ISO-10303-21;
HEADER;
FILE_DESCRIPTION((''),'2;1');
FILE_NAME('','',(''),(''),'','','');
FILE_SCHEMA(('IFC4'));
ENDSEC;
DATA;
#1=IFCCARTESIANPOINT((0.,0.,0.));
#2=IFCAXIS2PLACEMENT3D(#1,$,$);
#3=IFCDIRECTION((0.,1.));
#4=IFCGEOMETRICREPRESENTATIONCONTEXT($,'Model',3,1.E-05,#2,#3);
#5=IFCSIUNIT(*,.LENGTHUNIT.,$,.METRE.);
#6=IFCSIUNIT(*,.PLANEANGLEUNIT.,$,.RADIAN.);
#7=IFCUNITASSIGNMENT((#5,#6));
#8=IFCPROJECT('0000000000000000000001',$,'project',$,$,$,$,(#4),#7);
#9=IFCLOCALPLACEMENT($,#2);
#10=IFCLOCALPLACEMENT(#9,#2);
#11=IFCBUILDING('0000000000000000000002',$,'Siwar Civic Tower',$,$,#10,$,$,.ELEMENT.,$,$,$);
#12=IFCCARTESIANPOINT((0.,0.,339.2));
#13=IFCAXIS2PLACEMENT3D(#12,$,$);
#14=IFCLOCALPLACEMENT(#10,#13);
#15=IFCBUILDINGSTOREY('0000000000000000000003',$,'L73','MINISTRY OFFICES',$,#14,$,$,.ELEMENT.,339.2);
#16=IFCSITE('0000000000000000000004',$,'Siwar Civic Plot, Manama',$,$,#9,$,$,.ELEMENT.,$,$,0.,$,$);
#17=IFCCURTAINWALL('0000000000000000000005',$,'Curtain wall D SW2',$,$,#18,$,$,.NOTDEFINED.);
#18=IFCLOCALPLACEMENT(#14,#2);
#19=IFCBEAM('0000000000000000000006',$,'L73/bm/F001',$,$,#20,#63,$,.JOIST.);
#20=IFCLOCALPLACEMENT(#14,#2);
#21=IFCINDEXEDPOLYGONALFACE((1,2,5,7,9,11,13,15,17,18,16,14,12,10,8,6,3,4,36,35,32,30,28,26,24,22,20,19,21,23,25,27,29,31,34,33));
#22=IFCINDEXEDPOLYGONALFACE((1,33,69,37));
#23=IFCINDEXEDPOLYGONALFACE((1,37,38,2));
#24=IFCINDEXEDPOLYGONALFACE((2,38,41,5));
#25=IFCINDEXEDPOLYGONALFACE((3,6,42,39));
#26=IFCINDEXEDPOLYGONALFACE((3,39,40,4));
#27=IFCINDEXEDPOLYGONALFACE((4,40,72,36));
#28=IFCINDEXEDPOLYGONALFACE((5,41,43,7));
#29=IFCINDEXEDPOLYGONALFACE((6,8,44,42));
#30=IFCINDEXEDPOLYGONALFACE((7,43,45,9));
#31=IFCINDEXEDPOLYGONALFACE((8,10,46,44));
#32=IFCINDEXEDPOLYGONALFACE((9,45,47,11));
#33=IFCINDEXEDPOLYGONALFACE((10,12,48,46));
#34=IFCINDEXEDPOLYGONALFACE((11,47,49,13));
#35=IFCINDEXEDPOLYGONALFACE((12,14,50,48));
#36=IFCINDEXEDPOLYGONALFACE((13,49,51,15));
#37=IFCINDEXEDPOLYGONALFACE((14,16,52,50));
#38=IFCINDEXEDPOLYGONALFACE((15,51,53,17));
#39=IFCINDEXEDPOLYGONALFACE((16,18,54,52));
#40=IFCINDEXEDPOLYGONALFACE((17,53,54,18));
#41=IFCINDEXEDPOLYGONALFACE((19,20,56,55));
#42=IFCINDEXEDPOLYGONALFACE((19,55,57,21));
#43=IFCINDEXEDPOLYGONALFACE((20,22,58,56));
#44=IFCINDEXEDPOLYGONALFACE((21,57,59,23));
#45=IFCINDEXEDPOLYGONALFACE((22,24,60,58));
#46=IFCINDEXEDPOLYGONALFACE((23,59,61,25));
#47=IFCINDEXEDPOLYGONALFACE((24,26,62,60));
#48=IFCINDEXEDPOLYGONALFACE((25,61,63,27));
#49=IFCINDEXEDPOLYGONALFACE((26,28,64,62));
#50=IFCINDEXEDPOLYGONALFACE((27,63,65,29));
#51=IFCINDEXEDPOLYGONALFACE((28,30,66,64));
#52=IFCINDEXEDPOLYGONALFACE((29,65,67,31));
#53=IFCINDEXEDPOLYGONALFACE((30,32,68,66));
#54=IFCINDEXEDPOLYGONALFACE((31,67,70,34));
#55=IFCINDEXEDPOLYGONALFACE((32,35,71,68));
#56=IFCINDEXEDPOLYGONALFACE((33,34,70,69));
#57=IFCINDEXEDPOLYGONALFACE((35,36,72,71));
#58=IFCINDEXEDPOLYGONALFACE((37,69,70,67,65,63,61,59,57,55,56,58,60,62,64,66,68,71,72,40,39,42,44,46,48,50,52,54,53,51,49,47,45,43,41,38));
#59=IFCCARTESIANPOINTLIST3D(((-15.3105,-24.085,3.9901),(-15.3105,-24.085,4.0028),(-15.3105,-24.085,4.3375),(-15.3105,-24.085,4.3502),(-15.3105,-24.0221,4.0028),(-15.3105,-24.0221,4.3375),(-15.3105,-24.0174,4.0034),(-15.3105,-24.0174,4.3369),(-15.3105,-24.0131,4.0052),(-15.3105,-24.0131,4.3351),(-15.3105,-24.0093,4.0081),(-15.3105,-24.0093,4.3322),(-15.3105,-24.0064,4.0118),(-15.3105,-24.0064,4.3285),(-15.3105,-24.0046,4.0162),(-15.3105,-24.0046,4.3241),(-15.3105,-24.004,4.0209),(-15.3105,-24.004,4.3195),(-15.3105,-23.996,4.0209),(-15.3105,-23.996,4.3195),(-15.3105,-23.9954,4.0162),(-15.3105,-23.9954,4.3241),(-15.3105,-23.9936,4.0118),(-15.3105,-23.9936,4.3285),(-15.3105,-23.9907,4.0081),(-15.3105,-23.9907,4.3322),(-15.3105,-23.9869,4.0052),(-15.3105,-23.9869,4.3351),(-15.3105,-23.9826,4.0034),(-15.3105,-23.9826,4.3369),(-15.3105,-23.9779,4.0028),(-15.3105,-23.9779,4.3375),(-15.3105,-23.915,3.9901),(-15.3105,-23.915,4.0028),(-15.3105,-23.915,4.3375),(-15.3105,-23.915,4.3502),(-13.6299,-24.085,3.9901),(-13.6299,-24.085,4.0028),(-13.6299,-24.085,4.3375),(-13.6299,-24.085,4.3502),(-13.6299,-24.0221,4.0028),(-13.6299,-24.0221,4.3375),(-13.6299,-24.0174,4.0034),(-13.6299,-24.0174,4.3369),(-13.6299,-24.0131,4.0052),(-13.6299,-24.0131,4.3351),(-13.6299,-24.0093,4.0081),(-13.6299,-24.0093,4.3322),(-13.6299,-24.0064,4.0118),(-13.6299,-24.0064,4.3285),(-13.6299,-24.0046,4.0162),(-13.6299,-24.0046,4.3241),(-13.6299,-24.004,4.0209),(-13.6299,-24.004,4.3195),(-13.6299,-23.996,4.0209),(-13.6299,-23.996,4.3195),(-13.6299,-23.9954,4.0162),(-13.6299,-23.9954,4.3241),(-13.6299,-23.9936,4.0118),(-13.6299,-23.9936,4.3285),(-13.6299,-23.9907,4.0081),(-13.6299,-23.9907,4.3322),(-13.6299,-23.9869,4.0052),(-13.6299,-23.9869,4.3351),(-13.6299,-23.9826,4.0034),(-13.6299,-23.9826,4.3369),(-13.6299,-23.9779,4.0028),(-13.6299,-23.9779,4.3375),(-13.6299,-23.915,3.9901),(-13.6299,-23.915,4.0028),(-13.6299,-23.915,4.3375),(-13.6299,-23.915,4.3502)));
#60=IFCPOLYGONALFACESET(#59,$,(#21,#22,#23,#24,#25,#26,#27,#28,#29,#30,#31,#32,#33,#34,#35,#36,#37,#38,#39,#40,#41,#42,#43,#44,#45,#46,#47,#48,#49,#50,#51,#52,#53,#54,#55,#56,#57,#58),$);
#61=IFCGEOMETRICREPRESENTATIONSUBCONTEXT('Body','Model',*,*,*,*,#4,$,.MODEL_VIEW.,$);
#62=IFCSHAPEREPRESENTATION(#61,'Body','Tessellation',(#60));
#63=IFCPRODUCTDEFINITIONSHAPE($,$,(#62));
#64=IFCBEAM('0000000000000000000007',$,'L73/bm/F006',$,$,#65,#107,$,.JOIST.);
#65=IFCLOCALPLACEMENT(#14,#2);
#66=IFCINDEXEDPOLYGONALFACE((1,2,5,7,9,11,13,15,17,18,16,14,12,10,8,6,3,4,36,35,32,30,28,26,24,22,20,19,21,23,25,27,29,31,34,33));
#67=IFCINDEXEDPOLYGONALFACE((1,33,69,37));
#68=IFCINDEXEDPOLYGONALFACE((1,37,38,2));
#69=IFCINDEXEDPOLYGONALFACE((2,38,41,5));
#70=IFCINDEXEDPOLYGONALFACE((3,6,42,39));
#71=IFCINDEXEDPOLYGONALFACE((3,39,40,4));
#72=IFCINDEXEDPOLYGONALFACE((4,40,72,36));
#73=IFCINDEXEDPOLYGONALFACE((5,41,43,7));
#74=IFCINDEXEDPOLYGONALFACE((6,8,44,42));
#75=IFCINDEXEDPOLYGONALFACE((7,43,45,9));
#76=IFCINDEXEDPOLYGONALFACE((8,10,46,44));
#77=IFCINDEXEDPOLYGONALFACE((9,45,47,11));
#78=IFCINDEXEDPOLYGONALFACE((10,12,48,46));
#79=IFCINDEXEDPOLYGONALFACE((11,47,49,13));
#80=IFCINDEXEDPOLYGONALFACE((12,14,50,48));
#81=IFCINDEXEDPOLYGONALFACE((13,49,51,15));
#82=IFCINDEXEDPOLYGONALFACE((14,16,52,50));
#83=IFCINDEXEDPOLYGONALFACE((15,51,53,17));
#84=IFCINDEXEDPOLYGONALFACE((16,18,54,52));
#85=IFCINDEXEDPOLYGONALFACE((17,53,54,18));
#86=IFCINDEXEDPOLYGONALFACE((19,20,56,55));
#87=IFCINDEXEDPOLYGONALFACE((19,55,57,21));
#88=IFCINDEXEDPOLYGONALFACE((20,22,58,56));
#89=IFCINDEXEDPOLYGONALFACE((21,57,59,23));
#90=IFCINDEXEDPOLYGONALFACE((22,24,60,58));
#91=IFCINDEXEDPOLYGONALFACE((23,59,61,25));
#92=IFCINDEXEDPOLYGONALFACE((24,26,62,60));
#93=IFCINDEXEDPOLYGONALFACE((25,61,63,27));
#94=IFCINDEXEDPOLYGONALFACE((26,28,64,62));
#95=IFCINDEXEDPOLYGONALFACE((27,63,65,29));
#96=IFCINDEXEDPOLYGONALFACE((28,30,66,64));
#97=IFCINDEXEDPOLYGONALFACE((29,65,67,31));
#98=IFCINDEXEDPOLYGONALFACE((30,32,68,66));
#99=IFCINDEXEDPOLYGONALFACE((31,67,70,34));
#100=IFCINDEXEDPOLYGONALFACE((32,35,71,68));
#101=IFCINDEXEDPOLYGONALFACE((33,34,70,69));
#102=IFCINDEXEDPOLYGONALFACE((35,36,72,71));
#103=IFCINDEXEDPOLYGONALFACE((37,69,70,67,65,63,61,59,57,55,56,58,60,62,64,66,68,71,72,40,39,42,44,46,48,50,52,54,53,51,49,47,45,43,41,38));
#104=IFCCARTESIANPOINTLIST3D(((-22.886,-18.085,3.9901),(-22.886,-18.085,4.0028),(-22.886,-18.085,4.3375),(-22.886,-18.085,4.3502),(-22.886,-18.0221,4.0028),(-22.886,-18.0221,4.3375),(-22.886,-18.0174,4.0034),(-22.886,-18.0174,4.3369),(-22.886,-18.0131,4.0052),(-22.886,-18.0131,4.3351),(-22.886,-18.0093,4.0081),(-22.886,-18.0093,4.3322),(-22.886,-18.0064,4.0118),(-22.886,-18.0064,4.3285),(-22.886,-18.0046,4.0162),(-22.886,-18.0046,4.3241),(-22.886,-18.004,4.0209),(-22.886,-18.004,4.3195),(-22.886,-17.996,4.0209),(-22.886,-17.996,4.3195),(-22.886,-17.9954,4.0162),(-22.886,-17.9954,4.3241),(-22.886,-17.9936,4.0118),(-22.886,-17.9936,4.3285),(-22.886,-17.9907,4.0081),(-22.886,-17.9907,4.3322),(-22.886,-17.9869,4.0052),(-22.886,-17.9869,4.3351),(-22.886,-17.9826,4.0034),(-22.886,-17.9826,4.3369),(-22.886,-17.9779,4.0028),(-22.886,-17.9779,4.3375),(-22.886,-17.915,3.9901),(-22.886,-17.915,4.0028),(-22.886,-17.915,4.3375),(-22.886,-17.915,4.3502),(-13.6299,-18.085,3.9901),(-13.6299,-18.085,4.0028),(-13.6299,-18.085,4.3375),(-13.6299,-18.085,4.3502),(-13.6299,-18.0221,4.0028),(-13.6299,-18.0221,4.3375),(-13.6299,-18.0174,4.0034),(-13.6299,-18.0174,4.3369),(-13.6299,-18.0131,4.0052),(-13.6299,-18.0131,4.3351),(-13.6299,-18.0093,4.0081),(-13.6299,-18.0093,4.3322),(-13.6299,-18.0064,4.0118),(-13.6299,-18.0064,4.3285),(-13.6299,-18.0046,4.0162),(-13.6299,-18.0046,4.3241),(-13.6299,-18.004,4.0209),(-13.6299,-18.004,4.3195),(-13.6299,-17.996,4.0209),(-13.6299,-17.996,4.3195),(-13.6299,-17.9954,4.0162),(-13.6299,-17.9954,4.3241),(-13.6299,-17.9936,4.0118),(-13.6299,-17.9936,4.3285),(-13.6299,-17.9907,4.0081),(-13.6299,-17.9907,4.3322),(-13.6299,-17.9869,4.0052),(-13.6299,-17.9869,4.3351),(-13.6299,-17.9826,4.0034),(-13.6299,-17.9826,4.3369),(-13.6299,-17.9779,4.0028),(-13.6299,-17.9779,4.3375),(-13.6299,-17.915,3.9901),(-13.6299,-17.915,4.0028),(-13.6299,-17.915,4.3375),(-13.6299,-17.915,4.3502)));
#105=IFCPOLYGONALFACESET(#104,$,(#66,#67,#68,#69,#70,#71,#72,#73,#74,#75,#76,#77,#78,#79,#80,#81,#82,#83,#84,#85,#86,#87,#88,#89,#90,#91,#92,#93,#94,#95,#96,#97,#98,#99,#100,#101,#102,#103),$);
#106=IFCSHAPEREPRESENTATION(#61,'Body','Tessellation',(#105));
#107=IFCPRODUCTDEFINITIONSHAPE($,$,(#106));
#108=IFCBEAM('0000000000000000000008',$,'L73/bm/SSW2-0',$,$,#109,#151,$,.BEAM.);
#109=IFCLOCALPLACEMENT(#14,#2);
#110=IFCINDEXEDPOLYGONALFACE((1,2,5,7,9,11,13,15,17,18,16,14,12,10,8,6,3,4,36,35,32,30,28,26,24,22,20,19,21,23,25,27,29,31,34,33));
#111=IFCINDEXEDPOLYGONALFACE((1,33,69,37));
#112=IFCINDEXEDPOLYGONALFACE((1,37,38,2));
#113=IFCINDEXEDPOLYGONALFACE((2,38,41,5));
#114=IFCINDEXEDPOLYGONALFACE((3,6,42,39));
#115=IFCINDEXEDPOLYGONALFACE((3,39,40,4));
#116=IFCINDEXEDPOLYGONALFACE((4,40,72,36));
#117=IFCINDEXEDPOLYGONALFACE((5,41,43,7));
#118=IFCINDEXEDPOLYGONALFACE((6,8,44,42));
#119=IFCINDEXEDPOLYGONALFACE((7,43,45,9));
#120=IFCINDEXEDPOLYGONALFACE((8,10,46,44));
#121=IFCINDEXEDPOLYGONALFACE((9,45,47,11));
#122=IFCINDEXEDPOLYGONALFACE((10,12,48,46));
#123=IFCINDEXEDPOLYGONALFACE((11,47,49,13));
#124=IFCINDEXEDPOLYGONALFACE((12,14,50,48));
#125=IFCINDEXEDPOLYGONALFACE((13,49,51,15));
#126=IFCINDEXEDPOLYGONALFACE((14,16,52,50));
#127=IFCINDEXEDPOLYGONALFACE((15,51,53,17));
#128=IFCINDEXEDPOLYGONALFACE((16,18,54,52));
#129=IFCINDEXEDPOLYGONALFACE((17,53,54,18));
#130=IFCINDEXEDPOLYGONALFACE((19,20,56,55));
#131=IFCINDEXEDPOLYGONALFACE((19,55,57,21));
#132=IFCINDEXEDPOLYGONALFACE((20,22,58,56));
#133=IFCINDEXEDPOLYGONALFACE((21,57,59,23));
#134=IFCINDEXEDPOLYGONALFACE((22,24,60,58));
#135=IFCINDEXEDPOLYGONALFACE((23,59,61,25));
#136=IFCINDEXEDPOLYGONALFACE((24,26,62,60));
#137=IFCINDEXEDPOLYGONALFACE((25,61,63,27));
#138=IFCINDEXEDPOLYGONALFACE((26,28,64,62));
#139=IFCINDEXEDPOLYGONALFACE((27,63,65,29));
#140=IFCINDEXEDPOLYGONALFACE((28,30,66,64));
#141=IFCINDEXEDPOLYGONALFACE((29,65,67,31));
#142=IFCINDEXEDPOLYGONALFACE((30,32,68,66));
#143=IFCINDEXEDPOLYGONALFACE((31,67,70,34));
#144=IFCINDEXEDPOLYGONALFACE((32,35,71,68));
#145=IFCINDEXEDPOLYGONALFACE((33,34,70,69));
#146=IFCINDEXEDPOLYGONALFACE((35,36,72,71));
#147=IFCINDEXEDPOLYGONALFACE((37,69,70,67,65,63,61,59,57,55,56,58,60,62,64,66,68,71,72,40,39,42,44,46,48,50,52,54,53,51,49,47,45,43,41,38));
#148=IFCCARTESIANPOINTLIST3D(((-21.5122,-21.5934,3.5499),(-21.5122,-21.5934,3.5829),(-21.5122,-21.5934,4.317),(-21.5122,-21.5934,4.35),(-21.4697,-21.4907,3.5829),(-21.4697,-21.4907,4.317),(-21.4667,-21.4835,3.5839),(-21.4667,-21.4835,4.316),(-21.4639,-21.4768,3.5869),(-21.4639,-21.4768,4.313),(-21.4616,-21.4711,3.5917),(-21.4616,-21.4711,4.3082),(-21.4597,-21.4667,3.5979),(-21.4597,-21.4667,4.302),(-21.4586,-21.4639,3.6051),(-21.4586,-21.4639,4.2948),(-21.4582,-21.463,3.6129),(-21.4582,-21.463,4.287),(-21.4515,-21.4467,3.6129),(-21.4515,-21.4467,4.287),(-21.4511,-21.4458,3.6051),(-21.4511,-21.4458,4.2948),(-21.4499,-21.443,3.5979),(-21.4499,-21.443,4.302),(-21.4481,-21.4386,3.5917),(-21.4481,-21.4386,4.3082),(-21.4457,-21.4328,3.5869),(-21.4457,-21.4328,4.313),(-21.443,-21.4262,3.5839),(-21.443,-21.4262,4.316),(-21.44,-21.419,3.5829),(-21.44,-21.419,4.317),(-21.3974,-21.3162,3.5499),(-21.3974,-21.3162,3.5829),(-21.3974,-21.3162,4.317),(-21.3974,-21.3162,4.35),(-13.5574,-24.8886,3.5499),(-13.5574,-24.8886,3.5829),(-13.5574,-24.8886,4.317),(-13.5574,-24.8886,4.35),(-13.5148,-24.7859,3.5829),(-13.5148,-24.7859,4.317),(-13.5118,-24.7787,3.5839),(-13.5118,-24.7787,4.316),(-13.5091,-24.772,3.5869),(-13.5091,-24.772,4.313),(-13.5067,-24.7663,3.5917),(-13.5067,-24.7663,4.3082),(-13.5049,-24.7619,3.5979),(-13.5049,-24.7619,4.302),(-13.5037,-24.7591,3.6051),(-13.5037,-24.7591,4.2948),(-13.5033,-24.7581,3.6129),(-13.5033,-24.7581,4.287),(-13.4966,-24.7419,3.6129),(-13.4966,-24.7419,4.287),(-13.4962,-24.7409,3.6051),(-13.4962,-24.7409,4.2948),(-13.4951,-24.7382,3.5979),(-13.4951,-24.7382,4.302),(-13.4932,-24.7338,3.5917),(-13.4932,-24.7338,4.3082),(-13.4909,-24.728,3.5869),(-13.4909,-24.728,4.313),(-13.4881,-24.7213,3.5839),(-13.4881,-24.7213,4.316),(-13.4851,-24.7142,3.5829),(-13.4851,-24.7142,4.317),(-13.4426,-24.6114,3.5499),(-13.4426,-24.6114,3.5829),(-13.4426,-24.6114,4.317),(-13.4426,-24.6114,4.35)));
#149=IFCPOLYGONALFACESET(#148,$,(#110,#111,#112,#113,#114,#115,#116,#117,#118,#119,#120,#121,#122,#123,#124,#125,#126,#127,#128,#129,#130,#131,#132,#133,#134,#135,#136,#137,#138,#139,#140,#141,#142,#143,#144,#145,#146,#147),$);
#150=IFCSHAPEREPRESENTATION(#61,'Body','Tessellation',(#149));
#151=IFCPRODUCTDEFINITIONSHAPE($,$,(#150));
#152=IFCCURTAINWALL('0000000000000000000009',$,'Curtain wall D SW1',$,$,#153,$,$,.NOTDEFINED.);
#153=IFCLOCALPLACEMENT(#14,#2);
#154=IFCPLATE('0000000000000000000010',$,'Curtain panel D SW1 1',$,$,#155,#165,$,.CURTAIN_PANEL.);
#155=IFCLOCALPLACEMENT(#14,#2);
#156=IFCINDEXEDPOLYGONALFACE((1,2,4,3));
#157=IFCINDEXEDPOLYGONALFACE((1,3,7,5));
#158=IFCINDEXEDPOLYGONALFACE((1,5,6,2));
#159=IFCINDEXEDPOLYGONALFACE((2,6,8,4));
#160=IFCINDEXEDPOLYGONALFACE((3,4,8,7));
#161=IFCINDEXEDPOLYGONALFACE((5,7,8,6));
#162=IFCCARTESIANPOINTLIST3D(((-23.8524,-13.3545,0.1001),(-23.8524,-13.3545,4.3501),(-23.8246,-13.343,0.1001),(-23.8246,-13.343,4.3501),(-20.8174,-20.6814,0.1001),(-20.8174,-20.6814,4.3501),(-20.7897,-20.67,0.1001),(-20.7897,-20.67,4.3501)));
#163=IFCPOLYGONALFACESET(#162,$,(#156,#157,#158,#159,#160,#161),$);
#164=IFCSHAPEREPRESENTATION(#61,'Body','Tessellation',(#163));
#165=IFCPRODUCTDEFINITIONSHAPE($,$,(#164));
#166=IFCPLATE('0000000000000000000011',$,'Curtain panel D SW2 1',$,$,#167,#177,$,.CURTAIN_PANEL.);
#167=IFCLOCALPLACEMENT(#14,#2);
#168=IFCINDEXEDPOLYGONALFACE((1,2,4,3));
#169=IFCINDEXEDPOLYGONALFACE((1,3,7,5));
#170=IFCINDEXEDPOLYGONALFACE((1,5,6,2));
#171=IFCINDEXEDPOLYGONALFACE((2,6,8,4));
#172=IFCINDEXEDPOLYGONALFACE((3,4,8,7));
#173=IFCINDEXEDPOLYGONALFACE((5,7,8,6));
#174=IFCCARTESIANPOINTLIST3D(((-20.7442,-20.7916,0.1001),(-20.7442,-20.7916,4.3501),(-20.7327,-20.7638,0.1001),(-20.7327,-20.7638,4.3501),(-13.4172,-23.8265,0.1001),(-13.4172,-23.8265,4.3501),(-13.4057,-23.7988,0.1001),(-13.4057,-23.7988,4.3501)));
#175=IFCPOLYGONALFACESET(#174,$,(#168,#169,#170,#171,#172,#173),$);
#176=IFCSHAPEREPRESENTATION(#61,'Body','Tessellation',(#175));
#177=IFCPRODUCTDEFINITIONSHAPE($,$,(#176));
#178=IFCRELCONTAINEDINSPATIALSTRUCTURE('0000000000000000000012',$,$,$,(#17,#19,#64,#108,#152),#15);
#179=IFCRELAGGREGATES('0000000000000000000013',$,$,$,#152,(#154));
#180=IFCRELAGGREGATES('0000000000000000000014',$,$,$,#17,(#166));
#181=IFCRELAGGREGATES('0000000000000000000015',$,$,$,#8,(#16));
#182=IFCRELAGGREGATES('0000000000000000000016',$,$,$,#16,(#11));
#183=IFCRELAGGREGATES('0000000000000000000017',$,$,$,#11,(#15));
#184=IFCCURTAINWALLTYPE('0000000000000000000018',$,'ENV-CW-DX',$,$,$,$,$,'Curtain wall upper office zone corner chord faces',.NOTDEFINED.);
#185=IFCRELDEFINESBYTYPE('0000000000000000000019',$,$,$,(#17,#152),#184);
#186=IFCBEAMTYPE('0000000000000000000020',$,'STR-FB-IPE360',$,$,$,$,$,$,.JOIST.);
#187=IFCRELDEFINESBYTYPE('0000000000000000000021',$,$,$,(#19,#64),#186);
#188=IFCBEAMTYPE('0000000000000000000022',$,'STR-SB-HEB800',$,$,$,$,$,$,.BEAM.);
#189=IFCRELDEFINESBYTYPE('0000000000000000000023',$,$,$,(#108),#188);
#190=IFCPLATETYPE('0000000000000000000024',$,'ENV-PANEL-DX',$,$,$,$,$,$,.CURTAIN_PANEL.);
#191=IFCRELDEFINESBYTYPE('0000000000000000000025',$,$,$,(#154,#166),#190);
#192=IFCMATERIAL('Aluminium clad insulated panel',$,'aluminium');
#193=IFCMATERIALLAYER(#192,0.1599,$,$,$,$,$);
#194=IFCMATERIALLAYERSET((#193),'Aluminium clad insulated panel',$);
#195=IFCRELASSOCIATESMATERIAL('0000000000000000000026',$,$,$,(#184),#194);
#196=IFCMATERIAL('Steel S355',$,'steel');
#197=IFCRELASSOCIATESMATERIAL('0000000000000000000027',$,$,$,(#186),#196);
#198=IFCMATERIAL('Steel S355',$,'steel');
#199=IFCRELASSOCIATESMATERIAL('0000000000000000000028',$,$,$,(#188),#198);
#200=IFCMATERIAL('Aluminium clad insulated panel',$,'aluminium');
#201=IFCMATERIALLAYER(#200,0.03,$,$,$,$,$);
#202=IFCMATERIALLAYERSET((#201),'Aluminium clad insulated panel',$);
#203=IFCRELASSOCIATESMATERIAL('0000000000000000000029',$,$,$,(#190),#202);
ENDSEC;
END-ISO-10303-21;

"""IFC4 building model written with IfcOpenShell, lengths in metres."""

from ifc_helpers import new_model, si_unit, direction, frame, origin, origin_2d, place, context, subcontext, project, spatial, rectangle, i_section, extrude, material, layer, layer_set, material_profile, profile_set, type_object, element, aggregate, save


model = new_model("IFC4")

# Units and contexts
model_context = context("Model", 3, precision=1e-05, world=origin(), true_north=direction((0.0, 1.0)))
body_context = subcontext(model_context, "Body", "Model", "MODEL_VIEW")
ifc_project = project(units=[si_unit("LENGTHUNIT", "METRE"), si_unit("PLANEANGLEUNIT", "RADIAN")], contexts=[model_context])

# Site, building, storey
site_placement = place(None, origin())
site = spatial("IfcSite", under=ifc_project, at=site_placement, Name="Siwar Civic Plot, Manama", CompositionType="ELEMENT", RefElevation=0.0)
building_placement = place(site_placement, origin())
building = spatial("IfcBuilding", under=site, at=building_placement, Name="Siwar Civic Tower", CompositionType="ELEMENT")
storey_placement = place(building_placement, frame((0.0, 0.0, 339.2)))
storey = spatial("IfcBuildingStorey", under=building, at=storey_placement, Name="L73", Description="MINISTRY OFFICES", CompositionType="ELEMENT", Elevation=339.2)

# Curtain wall
ifc_material_1 = material(Name="Aluminium clad insulated panel", Category="aluminium")
ifc_layer_1 = layer(ifc_material_1, 0.1599)
ifc_layer_set_1 = layer_set([ifc_layer_1], Name="Aluminium clad insulated panel")
curtain_wall_type = type_object("IfcCurtainWallType", Name="ENV-CW-DX", ElementType="Curtain wall upper office zone corner chord faces", PredefinedType="NOTDEFINED", material=ifc_layer_set_1)
curtain_wall_1_placement = place(storey_placement, origin())
curtain_wall_1 = element("IfcCurtainWall", 1, at=curtain_wall_1_placement, inside=storey, type_object=curtain_wall_type, Name="Curtain wall D SW2", PredefinedType="NOTDEFINED")

# Beams
ifc_material_2 = material(Name="Steel S355", Category="steel")
ifc_material_profile_1 = material_profile(ifc_material_2, i_section(OverallWidth=0.1699, OverallDepth=0.3601, WebThickness=0.0081, FlangeThickness=0.0127, FilletRadius=0.0181, at=origin_2d()), Name="IPE360")
ifc_profile_set_1 = profile_set([ifc_material_profile_1], Name="Steel S355")
beam_type_1 = type_object("IfcBeamType", Name="STR-FB-IPE360", PredefinedType="JOIST", material=ifc_profile_set_1)
beam_1_placement = place(storey_placement, frame((-15.3105, -24.0, 4.1702), z_axis=(1.0, 0.0, 0.0), x_axis=(0.0, 1.0, 0.0)))
element("IfcBeam", 2, at=beam_1_placement, inside=storey, type_object=beam_type_1, Name="L73/bm/F001", PredefinedType="JOIST", context=body_context, shape_type="SweptSolid", body=[
    extrude(i_section(OverallWidth=0.1699, OverallDepth=0.3601, WebThickness=0.0081, FlangeThickness=0.0127, FilletRadius=0.0181, at=origin_2d()), origin(), (0.0, 0.0, 1.0), 1.6807),
])
beam_2_placement = place(storey_placement, frame((-22.886, -18.0, 4.1702), z_axis=(1.0, 0.0, 0.0), x_axis=(0.0, 1.0, 0.0)))
element("IfcBeam", 3, at=beam_2_placement, inside=storey, type_object=beam_type_1, Name="L73/bm/F006", PredefinedType="JOIST", context=body_context, shape_type="SweptSolid", body=[
    extrude(i_section(OverallWidth=0.1699, OverallDepth=0.3601, WebThickness=0.0081, FlangeThickness=0.0127, FilletRadius=0.0181, at=origin_2d()), origin(), (0.0, 0.0, 1.0), 9.2561),
])
ifc_material_3 = material(Name="Steel S355", Category="steel")
ifc_material_profile_2 = material_profile(ifc_material_3, i_section(OverallWidth=0.3, OverallDepth=0.8, WebThickness=0.0176, FlangeThickness=0.033, FilletRadius=0.03, at=origin_2d()), Name="HEB800")
ifc_profile_set_2 = profile_set([ifc_material_profile_2], Name="Steel S355")
beam_type_2 = type_object("IfcBeamType", Name="STR-SB-HEB800", PredefinedType="BEAM", material=ifc_profile_set_2)
beam_3_placement = place(storey_placement, frame((-21.4548, -21.4548, 3.95), z_axis=(0.923873, -0.3827, 0.0), x_axis=(0.3827, 0.923873, 0.0)))
element("IfcBeam", 4, at=beam_3_placement, inside=storey, type_object=beam_type_2, Name="L73/bm/SSW2-0", PredefinedType="BEAM", context=body_context, shape_type="SweptSolid", body=[
    extrude(i_section(OverallWidth=0.3, OverallDepth=0.8, WebThickness=0.0176, FlangeThickness=0.033, FilletRadius=0.03, at=origin_2d()), origin(), (0.0, 0.0, 1.0), 8.6104),
])

# Curtain wall, plate
curtain_wall_2_placement = place(storey_placement, origin())
curtain_wall_2 = element("IfcCurtainWall", 5, at=curtain_wall_2_placement, inside=storey, type_object=curtain_wall_type, Name="Curtain wall D SW1", PredefinedType="NOTDEFINED")
ifc_material_4 = material(Name="Aluminium clad insulated panel", Category="aluminium")
ifc_layer_2 = layer(ifc_material_4, 0.03)
ifc_layer_set_2 = layer_set([ifc_layer_2], Name="Aluminium clad insulated panel")
plate_type = type_object("IfcPlateType", Name="ENV-PANEL-DX", PredefinedType="CURTAIN_PANEL", material=ifc_layer_set_2)
plate_1_placement = place(storey_placement, frame((-22.321, -17.0122, 0.1001), z_axis=(0.0, 0.0, 1.0), x_axis=(0.382683, -0.92388, 0.0)))
plate_1 = element("IfcPlate", 6, at=plate_1_placement, type_object=plate_type, Name="Curtain panel D SW1 1", PredefinedType="CURTAIN_PANEL", context=body_context, shape_type="SweptSolid", body=[
    extrude(rectangle(XDim=7.9307, YDim=0.03, at=origin_2d()), origin(), (0.0, 0.0, 1.0), 4.25),
])
aggregate(curtain_wall_2, [plate_1])

# Plate
plate_2_placement = place(storey_placement, frame((-17.075, -22.2952, 0.1001), z_axis=(0.0, 0.0, 1.0), x_axis=(0.92388, -0.382683, 0.0)))
plate_2 = element("IfcPlate", 7, at=plate_2_placement, type_object=plate_type, Name="Curtain panel D SW2 1", PredefinedType="CURTAIN_PANEL", context=body_context, shape_type="SweptSolid", body=[
    extrude(rectangle(XDim=7.9307, YDim=0.03, at=origin_2d()), origin(), (0.0, 0.0, 1.0), 4.25),
])
aggregate(curtain_wall_1, [plate_2])

save(model, "model.ifc")
